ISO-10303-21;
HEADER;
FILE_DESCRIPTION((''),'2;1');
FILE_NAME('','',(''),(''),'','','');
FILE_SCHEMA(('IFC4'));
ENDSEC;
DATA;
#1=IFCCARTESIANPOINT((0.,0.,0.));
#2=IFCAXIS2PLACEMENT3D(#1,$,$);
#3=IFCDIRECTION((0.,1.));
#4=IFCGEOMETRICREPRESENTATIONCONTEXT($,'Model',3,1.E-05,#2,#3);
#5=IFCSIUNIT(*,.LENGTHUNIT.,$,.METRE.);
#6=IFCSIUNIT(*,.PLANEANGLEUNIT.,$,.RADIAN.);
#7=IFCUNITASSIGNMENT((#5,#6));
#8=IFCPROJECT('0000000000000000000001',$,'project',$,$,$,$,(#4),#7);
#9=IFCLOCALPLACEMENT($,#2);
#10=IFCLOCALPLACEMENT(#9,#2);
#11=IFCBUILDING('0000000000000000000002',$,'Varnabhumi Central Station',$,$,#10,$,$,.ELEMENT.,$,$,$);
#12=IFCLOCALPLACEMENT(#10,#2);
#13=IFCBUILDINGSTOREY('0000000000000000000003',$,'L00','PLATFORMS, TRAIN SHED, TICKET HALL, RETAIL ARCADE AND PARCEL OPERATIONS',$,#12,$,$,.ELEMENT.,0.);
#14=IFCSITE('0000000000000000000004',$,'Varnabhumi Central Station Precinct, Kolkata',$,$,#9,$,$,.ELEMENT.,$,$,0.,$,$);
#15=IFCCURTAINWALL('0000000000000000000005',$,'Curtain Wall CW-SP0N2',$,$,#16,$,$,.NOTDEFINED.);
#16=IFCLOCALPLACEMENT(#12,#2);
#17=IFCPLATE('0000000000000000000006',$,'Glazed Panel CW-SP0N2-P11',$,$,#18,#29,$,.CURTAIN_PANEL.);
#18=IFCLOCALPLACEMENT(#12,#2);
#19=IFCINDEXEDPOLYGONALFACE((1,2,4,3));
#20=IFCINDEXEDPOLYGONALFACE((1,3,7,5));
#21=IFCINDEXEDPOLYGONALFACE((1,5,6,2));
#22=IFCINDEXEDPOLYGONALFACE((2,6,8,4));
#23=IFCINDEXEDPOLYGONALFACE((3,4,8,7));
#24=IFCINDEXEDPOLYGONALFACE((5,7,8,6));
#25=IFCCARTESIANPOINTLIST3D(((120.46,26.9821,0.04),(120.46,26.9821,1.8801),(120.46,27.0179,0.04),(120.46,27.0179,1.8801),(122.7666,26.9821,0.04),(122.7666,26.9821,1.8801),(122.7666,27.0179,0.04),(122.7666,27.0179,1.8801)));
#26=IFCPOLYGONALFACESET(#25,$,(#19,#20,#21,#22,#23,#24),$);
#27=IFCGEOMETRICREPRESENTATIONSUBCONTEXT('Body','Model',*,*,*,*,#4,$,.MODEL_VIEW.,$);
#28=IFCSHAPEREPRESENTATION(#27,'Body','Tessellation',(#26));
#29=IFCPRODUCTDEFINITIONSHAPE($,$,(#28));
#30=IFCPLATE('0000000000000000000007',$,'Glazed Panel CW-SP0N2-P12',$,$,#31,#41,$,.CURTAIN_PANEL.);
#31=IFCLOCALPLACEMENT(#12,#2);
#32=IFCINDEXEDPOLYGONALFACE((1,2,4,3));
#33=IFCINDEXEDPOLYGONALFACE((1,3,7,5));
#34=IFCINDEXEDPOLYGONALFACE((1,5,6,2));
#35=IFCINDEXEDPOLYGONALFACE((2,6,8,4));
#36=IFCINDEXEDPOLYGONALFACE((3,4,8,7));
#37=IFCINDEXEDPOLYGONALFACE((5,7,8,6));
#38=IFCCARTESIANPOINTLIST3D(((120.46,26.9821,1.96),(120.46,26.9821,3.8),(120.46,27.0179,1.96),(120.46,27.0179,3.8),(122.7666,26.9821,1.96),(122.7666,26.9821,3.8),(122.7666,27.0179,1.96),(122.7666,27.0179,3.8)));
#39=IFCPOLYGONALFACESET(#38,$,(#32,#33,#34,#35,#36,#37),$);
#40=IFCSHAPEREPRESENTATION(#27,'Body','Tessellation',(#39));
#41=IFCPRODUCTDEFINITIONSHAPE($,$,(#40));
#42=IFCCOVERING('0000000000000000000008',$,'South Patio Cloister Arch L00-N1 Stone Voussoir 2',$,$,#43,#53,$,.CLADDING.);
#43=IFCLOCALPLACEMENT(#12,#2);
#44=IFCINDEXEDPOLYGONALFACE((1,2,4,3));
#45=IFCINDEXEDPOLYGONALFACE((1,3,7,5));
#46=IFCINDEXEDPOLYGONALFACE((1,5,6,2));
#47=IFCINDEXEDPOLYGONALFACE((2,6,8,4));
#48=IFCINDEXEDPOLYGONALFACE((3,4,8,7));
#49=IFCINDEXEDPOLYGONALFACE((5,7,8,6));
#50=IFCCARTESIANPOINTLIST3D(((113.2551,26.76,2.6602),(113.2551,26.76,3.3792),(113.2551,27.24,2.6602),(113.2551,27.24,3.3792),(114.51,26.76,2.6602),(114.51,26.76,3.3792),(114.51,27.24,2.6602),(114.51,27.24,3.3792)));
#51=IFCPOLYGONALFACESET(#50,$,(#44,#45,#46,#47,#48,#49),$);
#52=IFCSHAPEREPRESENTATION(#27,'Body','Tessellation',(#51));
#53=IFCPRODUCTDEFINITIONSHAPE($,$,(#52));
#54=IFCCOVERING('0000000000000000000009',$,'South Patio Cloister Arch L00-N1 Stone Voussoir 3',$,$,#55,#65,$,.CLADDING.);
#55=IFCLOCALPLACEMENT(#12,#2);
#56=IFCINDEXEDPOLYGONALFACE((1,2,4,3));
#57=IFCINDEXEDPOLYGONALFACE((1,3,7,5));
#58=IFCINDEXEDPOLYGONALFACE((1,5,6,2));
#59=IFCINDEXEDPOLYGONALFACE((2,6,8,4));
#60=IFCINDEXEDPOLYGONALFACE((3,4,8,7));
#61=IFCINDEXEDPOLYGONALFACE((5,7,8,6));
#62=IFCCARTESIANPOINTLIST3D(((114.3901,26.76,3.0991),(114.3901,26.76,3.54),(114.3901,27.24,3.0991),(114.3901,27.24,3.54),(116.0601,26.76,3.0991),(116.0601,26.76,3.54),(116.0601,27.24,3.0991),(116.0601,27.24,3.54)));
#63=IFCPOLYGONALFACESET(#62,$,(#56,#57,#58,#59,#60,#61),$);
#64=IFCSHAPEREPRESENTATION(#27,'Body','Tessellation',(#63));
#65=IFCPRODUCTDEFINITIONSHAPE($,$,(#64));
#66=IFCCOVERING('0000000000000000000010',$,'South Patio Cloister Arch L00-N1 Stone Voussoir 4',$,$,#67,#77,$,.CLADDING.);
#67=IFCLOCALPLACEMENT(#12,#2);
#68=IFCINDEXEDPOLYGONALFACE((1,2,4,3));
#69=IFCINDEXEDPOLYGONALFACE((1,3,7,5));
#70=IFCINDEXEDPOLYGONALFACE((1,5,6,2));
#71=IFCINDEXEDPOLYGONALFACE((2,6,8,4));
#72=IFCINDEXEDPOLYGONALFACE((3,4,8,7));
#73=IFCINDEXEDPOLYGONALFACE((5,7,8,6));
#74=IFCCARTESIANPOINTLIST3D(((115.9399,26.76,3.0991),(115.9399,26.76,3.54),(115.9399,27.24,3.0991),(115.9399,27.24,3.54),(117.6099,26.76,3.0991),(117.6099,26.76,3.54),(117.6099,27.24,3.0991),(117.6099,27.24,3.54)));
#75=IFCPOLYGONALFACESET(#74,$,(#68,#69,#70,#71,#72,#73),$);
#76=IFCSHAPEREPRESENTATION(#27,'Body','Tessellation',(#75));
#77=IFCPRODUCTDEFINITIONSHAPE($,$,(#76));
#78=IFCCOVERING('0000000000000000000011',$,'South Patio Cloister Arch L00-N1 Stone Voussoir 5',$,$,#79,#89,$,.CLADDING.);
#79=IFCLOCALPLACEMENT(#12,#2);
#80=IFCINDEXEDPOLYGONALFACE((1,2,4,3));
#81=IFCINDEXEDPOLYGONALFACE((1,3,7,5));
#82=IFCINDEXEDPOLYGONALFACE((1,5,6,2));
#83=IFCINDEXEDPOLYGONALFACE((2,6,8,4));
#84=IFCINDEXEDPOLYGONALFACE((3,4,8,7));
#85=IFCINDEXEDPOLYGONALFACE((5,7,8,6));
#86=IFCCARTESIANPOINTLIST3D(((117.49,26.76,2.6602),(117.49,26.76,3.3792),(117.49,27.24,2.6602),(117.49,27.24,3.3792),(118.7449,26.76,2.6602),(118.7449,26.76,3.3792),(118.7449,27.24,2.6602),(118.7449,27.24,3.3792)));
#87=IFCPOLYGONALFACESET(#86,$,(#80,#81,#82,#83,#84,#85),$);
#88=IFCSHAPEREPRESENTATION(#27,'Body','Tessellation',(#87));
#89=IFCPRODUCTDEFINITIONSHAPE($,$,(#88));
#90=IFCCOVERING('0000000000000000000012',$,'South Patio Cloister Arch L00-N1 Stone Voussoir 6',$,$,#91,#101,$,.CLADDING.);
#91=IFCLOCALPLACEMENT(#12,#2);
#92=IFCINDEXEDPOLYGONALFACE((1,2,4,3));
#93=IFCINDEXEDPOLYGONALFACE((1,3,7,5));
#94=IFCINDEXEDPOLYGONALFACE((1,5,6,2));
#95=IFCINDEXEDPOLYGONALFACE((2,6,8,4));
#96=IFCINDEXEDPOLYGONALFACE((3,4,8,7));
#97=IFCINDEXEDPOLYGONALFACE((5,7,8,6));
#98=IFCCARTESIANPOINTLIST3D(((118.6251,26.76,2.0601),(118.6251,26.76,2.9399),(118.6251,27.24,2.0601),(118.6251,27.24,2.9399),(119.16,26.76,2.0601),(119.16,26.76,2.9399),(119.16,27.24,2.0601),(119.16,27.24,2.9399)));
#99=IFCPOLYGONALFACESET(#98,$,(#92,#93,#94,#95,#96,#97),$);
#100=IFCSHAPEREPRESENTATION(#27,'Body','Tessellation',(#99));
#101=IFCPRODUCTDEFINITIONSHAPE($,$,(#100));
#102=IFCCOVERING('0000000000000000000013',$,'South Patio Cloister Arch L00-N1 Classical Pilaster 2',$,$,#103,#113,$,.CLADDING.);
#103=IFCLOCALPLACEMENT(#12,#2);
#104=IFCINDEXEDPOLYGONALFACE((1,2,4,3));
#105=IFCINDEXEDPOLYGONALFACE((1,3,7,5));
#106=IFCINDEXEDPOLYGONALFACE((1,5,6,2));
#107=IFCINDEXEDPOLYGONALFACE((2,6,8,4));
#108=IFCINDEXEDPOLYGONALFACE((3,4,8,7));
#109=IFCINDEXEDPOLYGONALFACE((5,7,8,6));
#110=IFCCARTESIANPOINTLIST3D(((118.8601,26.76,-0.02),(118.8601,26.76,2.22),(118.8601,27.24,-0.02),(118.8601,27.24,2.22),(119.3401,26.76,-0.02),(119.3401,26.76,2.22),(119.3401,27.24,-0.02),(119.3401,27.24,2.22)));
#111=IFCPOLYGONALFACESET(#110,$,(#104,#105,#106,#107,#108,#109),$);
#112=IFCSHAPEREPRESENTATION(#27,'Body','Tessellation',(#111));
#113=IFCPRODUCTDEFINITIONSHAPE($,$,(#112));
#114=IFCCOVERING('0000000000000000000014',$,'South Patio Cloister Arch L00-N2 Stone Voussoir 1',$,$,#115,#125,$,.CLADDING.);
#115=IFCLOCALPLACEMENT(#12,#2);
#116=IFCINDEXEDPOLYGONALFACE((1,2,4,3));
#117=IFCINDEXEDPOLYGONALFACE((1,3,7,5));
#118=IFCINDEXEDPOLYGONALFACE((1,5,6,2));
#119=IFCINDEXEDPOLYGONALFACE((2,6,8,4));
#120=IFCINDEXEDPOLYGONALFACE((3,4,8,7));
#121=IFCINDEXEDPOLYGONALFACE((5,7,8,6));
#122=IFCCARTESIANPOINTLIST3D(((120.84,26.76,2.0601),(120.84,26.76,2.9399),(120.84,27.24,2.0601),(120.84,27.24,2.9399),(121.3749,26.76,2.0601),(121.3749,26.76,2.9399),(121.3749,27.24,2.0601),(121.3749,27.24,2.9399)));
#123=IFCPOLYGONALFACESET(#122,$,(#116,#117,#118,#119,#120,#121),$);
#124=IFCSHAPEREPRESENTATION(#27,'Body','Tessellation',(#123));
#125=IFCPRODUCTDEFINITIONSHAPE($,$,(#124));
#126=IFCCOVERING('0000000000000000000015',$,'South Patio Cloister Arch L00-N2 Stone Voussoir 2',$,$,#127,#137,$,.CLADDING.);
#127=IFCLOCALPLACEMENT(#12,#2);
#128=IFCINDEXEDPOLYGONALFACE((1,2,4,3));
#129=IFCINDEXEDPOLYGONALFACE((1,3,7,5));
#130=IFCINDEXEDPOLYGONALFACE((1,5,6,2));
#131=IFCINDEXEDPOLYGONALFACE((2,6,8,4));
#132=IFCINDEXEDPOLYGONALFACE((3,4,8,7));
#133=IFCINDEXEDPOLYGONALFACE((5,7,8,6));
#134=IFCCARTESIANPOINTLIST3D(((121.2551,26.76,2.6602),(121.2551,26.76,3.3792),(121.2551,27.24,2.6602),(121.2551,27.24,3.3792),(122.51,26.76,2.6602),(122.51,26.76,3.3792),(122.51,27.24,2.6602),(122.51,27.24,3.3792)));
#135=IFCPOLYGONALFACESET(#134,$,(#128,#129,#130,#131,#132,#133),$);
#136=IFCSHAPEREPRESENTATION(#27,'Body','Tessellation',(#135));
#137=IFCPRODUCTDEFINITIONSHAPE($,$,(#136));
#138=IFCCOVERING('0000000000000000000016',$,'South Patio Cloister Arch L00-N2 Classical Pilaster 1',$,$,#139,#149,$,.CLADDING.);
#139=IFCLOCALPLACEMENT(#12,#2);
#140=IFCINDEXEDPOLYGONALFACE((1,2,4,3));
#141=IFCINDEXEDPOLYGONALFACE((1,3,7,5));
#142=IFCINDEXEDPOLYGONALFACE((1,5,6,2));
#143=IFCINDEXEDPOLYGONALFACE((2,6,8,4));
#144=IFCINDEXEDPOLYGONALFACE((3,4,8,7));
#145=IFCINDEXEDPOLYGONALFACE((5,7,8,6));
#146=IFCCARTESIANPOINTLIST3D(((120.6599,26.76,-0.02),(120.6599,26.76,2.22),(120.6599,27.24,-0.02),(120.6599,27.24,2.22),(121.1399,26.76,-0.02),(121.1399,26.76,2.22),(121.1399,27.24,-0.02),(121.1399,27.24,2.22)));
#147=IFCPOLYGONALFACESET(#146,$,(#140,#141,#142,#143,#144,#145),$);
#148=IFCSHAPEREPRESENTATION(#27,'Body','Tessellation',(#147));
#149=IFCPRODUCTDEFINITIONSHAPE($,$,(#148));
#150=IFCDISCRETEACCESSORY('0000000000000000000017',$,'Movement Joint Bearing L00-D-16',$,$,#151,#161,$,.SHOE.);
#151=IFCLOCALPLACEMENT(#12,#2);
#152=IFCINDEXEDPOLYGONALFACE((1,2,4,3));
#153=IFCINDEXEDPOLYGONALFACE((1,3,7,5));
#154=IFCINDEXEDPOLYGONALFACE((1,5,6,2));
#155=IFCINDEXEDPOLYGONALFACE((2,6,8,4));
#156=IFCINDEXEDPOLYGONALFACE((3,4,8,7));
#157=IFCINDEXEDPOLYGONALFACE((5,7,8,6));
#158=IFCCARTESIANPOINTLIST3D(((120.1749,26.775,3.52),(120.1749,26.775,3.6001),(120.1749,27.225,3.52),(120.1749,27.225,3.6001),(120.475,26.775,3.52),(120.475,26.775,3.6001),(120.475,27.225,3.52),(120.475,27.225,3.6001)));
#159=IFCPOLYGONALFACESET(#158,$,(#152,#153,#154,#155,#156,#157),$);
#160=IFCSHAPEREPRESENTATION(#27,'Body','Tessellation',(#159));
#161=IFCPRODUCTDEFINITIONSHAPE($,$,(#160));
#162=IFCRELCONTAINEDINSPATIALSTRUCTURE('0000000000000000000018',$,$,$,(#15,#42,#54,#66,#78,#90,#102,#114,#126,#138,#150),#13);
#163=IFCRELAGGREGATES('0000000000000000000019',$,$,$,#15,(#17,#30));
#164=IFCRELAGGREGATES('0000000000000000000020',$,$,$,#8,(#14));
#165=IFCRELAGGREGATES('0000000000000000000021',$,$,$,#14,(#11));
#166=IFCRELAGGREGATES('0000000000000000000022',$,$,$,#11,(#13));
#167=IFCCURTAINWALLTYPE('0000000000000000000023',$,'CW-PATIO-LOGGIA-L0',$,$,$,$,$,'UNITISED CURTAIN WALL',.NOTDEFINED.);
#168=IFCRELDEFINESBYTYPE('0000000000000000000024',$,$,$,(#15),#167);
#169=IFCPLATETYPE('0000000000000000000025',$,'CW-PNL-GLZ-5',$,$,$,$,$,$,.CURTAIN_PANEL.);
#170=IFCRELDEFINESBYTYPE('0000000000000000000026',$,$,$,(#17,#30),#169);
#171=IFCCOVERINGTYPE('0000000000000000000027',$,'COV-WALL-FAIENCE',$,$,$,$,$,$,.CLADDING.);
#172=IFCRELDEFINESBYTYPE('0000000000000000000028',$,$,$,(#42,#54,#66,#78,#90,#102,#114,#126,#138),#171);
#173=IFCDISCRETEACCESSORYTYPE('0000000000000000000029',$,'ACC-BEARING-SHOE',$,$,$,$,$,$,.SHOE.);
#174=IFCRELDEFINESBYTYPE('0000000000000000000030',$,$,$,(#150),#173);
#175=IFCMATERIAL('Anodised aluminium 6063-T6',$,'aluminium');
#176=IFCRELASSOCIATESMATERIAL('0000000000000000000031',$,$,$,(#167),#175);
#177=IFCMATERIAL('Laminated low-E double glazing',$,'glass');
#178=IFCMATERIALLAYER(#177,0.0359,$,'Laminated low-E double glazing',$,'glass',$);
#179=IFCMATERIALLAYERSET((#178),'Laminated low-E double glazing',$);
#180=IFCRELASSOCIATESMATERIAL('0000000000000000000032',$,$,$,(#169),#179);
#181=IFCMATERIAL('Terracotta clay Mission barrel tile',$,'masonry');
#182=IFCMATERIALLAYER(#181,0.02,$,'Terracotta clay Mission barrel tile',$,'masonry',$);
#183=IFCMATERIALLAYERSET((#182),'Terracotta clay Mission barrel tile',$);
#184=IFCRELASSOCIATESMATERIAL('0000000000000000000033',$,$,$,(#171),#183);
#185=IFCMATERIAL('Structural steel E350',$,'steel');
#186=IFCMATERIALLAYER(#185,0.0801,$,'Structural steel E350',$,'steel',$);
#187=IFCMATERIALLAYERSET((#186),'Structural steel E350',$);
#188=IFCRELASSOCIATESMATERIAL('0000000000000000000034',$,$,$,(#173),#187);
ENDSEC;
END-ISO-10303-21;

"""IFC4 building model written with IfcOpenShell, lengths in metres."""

from ifc_helpers import new_model, si_unit, direction, frame, origin, origin_2d, place, context, subcontext, project, spatial, rectangle, extrude, material, layer, layer_set, type_object, element, aggregate, save


model = new_model("IFC4")

# Units and contexts
model_context = context("Model", 3, precision=1e-05, world=origin(), true_north=direction((0.0, 1.0)))
body_context = subcontext(model_context, "Body", "Model", "MODEL_VIEW")
ifc_project = project(units=[si_unit("LENGTHUNIT", "METRE"), si_unit("PLANEANGLEUNIT", "RADIAN")], contexts=[model_context])

# Site, building, storey
site_placement = place(None, origin())
site = spatial("IfcSite", under=ifc_project, at=site_placement, Name="Varnabhumi Central Station Precinct, Kolkata", CompositionType="ELEMENT", RefElevation=0.0)
building_placement = place(site_placement, origin())
building = spatial("IfcBuilding", under=site, at=building_placement, Name="Varnabhumi Central Station", CompositionType="ELEMENT")
storey_placement = place(building_placement, origin())
storey = spatial("IfcBuildingStorey", under=building, at=storey_placement, Name="L00", Description="PLATFORMS, TRAIN SHED, TICKET HALL, RETAIL ARCADE AND PARCEL OPERATIONS", CompositionType="ELEMENT", Elevation=0.0)

# Curtain wall
ifc_material_1 = material(Name="Anodised aluminium 6063-T6", Category="aluminium")
curtain_wall_type = type_object("IfcCurtainWallType", Name="CW-PATIO-LOGGIA-L0", ElementType="UNITISED CURTAIN WALL", PredefinedType="NOTDEFINED", material=ifc_material_1)
curtain_wall_1_placement = place(storey_placement, origin())
curtain_wall_1 = element("IfcCurtainWall", 1, at=curtain_wall_1_placement, inside=storey, type_object=curtain_wall_type, Name="Curtain Wall CW-SP0N2", PredefinedType="NOTDEFINED")

# Plates
ifc_material_2 = material(Name="Laminated low-E double glazing", Category="glass")
ifc_layer_1 = layer(ifc_material_2, 0.0359, Name="Laminated low-E double glazing", Category="glass")
ifc_layer_set_1 = layer_set([ifc_layer_1], Name="Laminated low-E double glazing")
plate_type_1 = type_object("IfcPlateType", Name="CW-PNL-GLZ-5", PredefinedType="CURTAIN_PANEL", material=ifc_layer_set_1)
plate_1_placement = place(storey_placement, frame((121.6133, 27.0, 0.04), z_axis=(0.0, 0.0, 1.0), x_axis=(1.0, 0.0, 0.0)))
plate_1 = element("IfcPlate", 2, at=plate_1_placement, type_object=plate_type_1, Name="Glazed Panel CW-SP0N2-P11", PredefinedType="CURTAIN_PANEL", context=body_context, shape_type="SweptSolid", body=[
    extrude(rectangle(XDim=2.3066, YDim=0.0359, at=origin_2d()), origin(), (0.0, 0.0, 1.0), 1.8401),
])
plate_2_placement = place(storey_placement, frame((121.6133, 27.0, 1.96), z_axis=(0.0, 0.0, 1.0), x_axis=(1.0, 0.0, 0.0)))
plate_2 = element("IfcPlate", 3, at=plate_2_placement, type_object=plate_type_1, Name="Glazed Panel CW-SP0N2-P12", PredefinedType="CURTAIN_PANEL", context=body_context, shape_type="SweptSolid", body=[
    extrude(rectangle(XDim=2.3066, YDim=0.0359, at=origin_2d()), origin(), (0.0, 0.0, 1.0), 1.8401),
])
aggregate(curtain_wall_1, [plate_1, plate_2])

# Coverings
ifc_material_3 = material(Name="Terracotta clay Mission barrel tile", Category="masonry")
ifc_layer_2 = layer(ifc_material_3, 0.02, Name="Terracotta clay Mission barrel tile", Category="masonry")
ifc_layer_set_2 = layer_set([ifc_layer_2], Name="Terracotta clay Mission barrel tile")
covering_type = type_object("IfcCoveringType", Name="COV-WALL-FAIENCE", PredefinedType="CLADDING", material=ifc_layer_set_2)
covering_1_placement = place(storey_placement, frame((113.8826, 27.0, 2.6602), z_axis=(0.0, 0.0, 1.0), x_axis=(1.0, 0.0, 0.0)))
element("IfcCovering", 4, at=covering_1_placement, inside=storey, type_object=covering_type, Name="South Patio Cloister Arch L00-N1 Stone Voussoir 2", PredefinedType="CLADDING", context=body_context, shape_type="SweptSolid", body=[
    extrude(rectangle(XDim=1.2549, YDim=0.48, at=origin_2d()), origin(), (0.0, 0.0, 1.0), 0.719),
])
for number, where, z_axis, x_axis, name in (
    (5, (115.2251, 27.0, 3.0991), (0.0, 0.0, 1.0), (1.0, 0.0, 0.0), "South Patio Cloister Arch L00-N1 Stone Voussoir 3"),
    (6, (116.7749, 27.0, 3.0991), (0.0, 0.0, 1.0), (1.0, 0.0, 0.0), "South Patio Cloister Arch L00-N1 Stone Voussoir 4"),
):
    element("IfcCovering", number, at=place(storey_placement, frame(where, z_axis=z_axis, x_axis=x_axis)), inside=storey, type_object=covering_type, Name=name, PredefinedType="CLADDING", context=body_context, shape_type="SweptSolid", body=[
        extrude(rectangle(XDim=1.6699, YDim=0.48, at=origin_2d()), origin(), (0.0, 0.0, 1.0), 0.4409),
    ])
covering_2_placement = place(storey_placement, frame((118.1174, 27.0, 2.6602), z_axis=(0.0, 0.0, 1.0), x_axis=(1.0, 0.0, 0.0)))
element("IfcCovering", 7, at=covering_2_placement, inside=storey, type_object=covering_type, Name="South Patio Cloister Arch L00-N1 Stone Voussoir 5", PredefinedType="CLADDING", context=body_context, shape_type="SweptSolid", body=[
    extrude(rectangle(XDim=1.2549, YDim=0.48, at=origin_2d()), origin(), (0.0, 0.0, 1.0), 0.719),
])
covering_3_placement = place(storey_placement, frame((118.8926, 27.0, 2.0601), z_axis=(0.0, 0.0, 1.0), x_axis=(1.0, 0.0, 0.0)))
element("IfcCovering", 8, at=covering_3_placement, inside=storey, type_object=covering_type, Name="South Patio Cloister Arch L00-N1 Stone Voussoir 6", PredefinedType="CLADDING", context=body_context, shape_type="SweptSolid", body=[
    extrude(rectangle(XDim=0.5349, YDim=0.48, at=origin_2d()), origin(), (0.0, 0.0, 1.0), 0.8799),
])
covering_4_placement = place(storey_placement, frame((119.1001, 27.0, -0.02), z_axis=(0.0, 0.0, 1.0), x_axis=(1.0, 0.0, 0.0)))
element("IfcCovering", 9, at=covering_4_placement, inside=storey, type_object=covering_type, Name="South Patio Cloister Arch L00-N1 Classical Pilaster 2", PredefinedType="CLADDING", context=body_context, shape_type="SweptSolid", body=[
    extrude(rectangle(XDim=0.48, YDim=0.48, at=origin_2d()), origin(), (0.0, 0.0, 1.0), 2.24),
])
covering_5_placement = place(storey_placement, frame((121.1074, 27.0, 2.0601), z_axis=(0.0, 0.0, 1.0), x_axis=(1.0, 0.0, 0.0)))
element("IfcCovering", 10, at=covering_5_placement, inside=storey, type_object=covering_type, Name="South Patio Cloister Arch L00-N2 Stone Voussoir 1", PredefinedType="CLADDING", context=body_context, shape_type="SweptSolid", body=[
    extrude(rectangle(XDim=0.5349, YDim=0.48, at=origin_2d()), origin(), (0.0, 0.0, 1.0), 0.8799),
])
covering_6_placement = place(storey_placement, frame((121.8826, 27.0, 2.6602), z_axis=(0.0, 0.0, 1.0), x_axis=(1.0, 0.0, 0.0)))
element("IfcCovering", 11, at=covering_6_placement, inside=storey, type_object=covering_type, Name="South Patio Cloister Arch L00-N2 Stone Voussoir 2", PredefinedType="CLADDING", context=body_context, shape_type="SweptSolid", body=[
    extrude(rectangle(XDim=1.2549, YDim=0.48, at=origin_2d()), origin(), (0.0, 0.0, 1.0), 0.719),
])
covering_7_placement = place(storey_placement, frame((120.8999, 27.0, -0.02), z_axis=(0.0, 0.0, 1.0), x_axis=(1.0, 0.0, 0.0)))
element("IfcCovering", 12, at=covering_7_placement, inside=storey, type_object=covering_type, Name="South Patio Cloister Arch L00-N2 Classical Pilaster 1", PredefinedType="CLADDING", context=body_context, shape_type="SweptSolid", body=[
    extrude(rectangle(XDim=0.48, YDim=0.48, at=origin_2d()), origin(), (0.0, 0.0, 1.0), 2.24),
])

# Discrete accessory
ifc_material_4 = material(Name="Structural steel E350", Category="steel")
ifc_layer_3 = layer(ifc_material_4, 0.0801, Name="Structural steel E350", Category="steel")
ifc_layer_set_3 = layer_set([ifc_layer_3], Name="Structural steel E350")
discrete_accessory_type = type_object("IfcDiscreteAccessoryType", Name="ACC-BEARING-SHOE", PredefinedType="SHOE", material=ifc_layer_set_3)
discrete_accessory_placement = place(storey_placement, frame((120.325, 27.0, 3.52), z_axis=(0.0, 0.0, 1.0), x_axis=(1.0, 0.0, 0.0)))
element("IfcDiscreteAccessory", 13, at=discrete_accessory_placement, inside=storey, type_object=discrete_accessory_type, Name="Movement Joint Bearing L00-D-16", PredefinedType="SHOE", context=body_context, shape_type="SweptSolid", body=[
    extrude(rectangle(XDim=0.3, YDim=0.45, at=origin_2d()), origin(), (0.0, 0.0, 1.0), 0.0801),
])

save(model, "model.ifc")
